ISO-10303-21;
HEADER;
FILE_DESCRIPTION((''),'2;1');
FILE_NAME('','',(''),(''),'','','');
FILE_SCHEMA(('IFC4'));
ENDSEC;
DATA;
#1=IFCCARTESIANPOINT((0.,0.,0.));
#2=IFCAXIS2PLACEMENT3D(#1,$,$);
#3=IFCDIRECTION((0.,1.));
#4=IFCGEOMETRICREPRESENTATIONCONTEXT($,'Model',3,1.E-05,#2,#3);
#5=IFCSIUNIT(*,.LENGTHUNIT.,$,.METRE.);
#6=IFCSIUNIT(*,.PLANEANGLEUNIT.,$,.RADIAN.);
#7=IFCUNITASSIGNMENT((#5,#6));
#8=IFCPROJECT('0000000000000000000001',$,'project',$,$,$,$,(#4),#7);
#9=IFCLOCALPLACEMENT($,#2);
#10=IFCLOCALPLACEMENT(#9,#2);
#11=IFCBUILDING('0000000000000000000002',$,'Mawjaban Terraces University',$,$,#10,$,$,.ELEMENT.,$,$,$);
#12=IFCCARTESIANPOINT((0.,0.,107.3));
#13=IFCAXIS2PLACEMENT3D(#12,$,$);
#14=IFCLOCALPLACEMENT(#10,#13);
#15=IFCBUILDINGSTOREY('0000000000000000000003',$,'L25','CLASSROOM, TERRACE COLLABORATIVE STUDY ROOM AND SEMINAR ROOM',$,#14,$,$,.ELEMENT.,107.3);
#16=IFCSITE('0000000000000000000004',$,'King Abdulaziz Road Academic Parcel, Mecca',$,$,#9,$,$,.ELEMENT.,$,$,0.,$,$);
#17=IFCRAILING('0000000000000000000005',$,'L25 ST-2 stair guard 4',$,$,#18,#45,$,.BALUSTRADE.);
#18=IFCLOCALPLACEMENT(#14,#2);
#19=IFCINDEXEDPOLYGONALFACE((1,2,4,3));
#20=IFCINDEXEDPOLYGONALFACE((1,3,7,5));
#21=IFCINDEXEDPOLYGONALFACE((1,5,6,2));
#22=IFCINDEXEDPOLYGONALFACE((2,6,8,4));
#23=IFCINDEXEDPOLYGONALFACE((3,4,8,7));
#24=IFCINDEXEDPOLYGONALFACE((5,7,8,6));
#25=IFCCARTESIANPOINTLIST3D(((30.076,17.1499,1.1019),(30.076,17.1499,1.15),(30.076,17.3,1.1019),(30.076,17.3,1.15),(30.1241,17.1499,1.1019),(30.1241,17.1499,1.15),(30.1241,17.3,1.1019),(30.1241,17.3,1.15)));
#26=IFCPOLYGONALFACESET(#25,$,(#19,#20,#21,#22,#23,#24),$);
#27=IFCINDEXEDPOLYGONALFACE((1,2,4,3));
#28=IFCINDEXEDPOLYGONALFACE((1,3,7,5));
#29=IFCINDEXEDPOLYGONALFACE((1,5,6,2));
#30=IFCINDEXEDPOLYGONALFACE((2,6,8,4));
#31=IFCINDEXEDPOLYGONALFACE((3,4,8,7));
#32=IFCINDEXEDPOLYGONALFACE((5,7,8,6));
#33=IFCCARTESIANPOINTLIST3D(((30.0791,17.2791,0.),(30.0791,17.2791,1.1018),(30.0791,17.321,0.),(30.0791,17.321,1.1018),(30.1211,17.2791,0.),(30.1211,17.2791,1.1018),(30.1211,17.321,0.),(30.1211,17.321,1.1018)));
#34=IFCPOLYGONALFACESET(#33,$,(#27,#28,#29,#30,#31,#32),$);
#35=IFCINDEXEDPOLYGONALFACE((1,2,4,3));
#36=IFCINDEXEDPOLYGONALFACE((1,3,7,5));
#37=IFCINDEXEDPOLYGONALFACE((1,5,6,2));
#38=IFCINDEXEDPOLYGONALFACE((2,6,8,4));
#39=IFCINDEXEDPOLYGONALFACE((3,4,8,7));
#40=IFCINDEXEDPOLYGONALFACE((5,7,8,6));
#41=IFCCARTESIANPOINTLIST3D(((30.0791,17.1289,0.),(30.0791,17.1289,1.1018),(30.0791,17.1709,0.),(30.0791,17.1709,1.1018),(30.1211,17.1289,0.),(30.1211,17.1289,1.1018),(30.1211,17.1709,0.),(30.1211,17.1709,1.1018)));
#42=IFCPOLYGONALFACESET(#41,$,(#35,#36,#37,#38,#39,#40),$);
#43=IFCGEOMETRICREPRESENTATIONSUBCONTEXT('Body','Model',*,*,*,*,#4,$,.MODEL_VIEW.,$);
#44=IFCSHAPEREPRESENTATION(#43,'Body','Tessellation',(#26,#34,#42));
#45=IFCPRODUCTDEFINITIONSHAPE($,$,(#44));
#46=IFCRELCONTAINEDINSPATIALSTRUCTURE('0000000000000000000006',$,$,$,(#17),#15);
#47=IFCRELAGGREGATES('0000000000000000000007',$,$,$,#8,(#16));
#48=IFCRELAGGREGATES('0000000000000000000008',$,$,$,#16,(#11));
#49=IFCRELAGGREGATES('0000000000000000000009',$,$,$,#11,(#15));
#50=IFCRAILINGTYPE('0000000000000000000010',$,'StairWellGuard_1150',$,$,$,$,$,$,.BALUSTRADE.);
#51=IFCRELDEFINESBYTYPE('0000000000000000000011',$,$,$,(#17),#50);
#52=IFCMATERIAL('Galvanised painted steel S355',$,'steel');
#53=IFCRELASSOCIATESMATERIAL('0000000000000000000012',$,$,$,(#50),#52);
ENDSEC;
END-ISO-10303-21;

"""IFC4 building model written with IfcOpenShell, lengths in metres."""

from ifc_helpers import new_model, si_unit, direction, frame, origin, origin_2d, place, context, subcontext, project, spatial, rectangle, extrude, material, type_object, element, save


model = new_model("IFC4")

# Units and contexts
model_context = context("Model", 3, precision=1e-05, world=origin(), true_north=direction((0.0, 1.0)))
body_context = subcontext(model_context, "Body", "Model", "MODEL_VIEW")
ifc_project = project(units=[si_unit("LENGTHUNIT", "METRE"), si_unit("PLANEANGLEUNIT", "RADIAN")], contexts=[model_context])

# Site, building, storey
site_placement = place(None, origin())
site = spatial("IfcSite", under=ifc_project, at=site_placement, Name="King Abdulaziz Road Academic Parcel, Mecca", CompositionType="ELEMENT", RefElevation=0.0)
building_placement = place(site_placement, origin())
building = spatial("IfcBuilding", under=site, at=building_placement, Name="Mawjaban Terraces University", CompositionType="ELEMENT")
storey_placement = place(building_placement, frame((0.0, 0.0, 107.3)))
storey = spatial("IfcBuildingStorey", under=building, at=storey_placement, Name="L25", Description="CLASSROOM, TERRACE COLLABORATIVE STUDY ROOM AND SEMINAR ROOM", CompositionType="ELEMENT", Elevation=107.3)

# Railing
ifc_material_1 = material(Name="Galvanised painted steel S355", Category="steel")
railing_type_1 = type_object("IfcRailingType", Name="StairWellGuard_1150", PredefinedType="BALUSTRADE", material=ifc_material_1)
railing_1_placement = place(storey_placement, frame((30.1001, 17.3, 0.0)))
element("IfcRailing", 1, at=railing_1_placement, inside=storey, type_object=railing_type_1, Name="L25 ST-2 stair guard 4", PredefinedType="BALUSTRADE", context=body_context, shape_type="SweptSolid", body=[
    extrude(rectangle(XDim=0.0481, YDim=0.0481, at=origin_2d()), frame((0.0, 0.0, 1.126), z_axis=(0.0, -1.0, 0.0), x_axis=(1.0, 0.0, 0.0)), (0.0, 0.0, 1.0), 0.1501),
    extrude(rectangle(XDim=0.042, YDim=0.042, at=origin_2d()), origin(), (0.0, 0.0, 1.0), 1.1018),
    extrude(rectangle(XDim=0.042, YDim=0.042, at=origin_2d()), frame((0.0, -0.1501, 0.0)), (0.0, 0.0, 1.0), 1.1018),
])

save(model, "model.ifc")
